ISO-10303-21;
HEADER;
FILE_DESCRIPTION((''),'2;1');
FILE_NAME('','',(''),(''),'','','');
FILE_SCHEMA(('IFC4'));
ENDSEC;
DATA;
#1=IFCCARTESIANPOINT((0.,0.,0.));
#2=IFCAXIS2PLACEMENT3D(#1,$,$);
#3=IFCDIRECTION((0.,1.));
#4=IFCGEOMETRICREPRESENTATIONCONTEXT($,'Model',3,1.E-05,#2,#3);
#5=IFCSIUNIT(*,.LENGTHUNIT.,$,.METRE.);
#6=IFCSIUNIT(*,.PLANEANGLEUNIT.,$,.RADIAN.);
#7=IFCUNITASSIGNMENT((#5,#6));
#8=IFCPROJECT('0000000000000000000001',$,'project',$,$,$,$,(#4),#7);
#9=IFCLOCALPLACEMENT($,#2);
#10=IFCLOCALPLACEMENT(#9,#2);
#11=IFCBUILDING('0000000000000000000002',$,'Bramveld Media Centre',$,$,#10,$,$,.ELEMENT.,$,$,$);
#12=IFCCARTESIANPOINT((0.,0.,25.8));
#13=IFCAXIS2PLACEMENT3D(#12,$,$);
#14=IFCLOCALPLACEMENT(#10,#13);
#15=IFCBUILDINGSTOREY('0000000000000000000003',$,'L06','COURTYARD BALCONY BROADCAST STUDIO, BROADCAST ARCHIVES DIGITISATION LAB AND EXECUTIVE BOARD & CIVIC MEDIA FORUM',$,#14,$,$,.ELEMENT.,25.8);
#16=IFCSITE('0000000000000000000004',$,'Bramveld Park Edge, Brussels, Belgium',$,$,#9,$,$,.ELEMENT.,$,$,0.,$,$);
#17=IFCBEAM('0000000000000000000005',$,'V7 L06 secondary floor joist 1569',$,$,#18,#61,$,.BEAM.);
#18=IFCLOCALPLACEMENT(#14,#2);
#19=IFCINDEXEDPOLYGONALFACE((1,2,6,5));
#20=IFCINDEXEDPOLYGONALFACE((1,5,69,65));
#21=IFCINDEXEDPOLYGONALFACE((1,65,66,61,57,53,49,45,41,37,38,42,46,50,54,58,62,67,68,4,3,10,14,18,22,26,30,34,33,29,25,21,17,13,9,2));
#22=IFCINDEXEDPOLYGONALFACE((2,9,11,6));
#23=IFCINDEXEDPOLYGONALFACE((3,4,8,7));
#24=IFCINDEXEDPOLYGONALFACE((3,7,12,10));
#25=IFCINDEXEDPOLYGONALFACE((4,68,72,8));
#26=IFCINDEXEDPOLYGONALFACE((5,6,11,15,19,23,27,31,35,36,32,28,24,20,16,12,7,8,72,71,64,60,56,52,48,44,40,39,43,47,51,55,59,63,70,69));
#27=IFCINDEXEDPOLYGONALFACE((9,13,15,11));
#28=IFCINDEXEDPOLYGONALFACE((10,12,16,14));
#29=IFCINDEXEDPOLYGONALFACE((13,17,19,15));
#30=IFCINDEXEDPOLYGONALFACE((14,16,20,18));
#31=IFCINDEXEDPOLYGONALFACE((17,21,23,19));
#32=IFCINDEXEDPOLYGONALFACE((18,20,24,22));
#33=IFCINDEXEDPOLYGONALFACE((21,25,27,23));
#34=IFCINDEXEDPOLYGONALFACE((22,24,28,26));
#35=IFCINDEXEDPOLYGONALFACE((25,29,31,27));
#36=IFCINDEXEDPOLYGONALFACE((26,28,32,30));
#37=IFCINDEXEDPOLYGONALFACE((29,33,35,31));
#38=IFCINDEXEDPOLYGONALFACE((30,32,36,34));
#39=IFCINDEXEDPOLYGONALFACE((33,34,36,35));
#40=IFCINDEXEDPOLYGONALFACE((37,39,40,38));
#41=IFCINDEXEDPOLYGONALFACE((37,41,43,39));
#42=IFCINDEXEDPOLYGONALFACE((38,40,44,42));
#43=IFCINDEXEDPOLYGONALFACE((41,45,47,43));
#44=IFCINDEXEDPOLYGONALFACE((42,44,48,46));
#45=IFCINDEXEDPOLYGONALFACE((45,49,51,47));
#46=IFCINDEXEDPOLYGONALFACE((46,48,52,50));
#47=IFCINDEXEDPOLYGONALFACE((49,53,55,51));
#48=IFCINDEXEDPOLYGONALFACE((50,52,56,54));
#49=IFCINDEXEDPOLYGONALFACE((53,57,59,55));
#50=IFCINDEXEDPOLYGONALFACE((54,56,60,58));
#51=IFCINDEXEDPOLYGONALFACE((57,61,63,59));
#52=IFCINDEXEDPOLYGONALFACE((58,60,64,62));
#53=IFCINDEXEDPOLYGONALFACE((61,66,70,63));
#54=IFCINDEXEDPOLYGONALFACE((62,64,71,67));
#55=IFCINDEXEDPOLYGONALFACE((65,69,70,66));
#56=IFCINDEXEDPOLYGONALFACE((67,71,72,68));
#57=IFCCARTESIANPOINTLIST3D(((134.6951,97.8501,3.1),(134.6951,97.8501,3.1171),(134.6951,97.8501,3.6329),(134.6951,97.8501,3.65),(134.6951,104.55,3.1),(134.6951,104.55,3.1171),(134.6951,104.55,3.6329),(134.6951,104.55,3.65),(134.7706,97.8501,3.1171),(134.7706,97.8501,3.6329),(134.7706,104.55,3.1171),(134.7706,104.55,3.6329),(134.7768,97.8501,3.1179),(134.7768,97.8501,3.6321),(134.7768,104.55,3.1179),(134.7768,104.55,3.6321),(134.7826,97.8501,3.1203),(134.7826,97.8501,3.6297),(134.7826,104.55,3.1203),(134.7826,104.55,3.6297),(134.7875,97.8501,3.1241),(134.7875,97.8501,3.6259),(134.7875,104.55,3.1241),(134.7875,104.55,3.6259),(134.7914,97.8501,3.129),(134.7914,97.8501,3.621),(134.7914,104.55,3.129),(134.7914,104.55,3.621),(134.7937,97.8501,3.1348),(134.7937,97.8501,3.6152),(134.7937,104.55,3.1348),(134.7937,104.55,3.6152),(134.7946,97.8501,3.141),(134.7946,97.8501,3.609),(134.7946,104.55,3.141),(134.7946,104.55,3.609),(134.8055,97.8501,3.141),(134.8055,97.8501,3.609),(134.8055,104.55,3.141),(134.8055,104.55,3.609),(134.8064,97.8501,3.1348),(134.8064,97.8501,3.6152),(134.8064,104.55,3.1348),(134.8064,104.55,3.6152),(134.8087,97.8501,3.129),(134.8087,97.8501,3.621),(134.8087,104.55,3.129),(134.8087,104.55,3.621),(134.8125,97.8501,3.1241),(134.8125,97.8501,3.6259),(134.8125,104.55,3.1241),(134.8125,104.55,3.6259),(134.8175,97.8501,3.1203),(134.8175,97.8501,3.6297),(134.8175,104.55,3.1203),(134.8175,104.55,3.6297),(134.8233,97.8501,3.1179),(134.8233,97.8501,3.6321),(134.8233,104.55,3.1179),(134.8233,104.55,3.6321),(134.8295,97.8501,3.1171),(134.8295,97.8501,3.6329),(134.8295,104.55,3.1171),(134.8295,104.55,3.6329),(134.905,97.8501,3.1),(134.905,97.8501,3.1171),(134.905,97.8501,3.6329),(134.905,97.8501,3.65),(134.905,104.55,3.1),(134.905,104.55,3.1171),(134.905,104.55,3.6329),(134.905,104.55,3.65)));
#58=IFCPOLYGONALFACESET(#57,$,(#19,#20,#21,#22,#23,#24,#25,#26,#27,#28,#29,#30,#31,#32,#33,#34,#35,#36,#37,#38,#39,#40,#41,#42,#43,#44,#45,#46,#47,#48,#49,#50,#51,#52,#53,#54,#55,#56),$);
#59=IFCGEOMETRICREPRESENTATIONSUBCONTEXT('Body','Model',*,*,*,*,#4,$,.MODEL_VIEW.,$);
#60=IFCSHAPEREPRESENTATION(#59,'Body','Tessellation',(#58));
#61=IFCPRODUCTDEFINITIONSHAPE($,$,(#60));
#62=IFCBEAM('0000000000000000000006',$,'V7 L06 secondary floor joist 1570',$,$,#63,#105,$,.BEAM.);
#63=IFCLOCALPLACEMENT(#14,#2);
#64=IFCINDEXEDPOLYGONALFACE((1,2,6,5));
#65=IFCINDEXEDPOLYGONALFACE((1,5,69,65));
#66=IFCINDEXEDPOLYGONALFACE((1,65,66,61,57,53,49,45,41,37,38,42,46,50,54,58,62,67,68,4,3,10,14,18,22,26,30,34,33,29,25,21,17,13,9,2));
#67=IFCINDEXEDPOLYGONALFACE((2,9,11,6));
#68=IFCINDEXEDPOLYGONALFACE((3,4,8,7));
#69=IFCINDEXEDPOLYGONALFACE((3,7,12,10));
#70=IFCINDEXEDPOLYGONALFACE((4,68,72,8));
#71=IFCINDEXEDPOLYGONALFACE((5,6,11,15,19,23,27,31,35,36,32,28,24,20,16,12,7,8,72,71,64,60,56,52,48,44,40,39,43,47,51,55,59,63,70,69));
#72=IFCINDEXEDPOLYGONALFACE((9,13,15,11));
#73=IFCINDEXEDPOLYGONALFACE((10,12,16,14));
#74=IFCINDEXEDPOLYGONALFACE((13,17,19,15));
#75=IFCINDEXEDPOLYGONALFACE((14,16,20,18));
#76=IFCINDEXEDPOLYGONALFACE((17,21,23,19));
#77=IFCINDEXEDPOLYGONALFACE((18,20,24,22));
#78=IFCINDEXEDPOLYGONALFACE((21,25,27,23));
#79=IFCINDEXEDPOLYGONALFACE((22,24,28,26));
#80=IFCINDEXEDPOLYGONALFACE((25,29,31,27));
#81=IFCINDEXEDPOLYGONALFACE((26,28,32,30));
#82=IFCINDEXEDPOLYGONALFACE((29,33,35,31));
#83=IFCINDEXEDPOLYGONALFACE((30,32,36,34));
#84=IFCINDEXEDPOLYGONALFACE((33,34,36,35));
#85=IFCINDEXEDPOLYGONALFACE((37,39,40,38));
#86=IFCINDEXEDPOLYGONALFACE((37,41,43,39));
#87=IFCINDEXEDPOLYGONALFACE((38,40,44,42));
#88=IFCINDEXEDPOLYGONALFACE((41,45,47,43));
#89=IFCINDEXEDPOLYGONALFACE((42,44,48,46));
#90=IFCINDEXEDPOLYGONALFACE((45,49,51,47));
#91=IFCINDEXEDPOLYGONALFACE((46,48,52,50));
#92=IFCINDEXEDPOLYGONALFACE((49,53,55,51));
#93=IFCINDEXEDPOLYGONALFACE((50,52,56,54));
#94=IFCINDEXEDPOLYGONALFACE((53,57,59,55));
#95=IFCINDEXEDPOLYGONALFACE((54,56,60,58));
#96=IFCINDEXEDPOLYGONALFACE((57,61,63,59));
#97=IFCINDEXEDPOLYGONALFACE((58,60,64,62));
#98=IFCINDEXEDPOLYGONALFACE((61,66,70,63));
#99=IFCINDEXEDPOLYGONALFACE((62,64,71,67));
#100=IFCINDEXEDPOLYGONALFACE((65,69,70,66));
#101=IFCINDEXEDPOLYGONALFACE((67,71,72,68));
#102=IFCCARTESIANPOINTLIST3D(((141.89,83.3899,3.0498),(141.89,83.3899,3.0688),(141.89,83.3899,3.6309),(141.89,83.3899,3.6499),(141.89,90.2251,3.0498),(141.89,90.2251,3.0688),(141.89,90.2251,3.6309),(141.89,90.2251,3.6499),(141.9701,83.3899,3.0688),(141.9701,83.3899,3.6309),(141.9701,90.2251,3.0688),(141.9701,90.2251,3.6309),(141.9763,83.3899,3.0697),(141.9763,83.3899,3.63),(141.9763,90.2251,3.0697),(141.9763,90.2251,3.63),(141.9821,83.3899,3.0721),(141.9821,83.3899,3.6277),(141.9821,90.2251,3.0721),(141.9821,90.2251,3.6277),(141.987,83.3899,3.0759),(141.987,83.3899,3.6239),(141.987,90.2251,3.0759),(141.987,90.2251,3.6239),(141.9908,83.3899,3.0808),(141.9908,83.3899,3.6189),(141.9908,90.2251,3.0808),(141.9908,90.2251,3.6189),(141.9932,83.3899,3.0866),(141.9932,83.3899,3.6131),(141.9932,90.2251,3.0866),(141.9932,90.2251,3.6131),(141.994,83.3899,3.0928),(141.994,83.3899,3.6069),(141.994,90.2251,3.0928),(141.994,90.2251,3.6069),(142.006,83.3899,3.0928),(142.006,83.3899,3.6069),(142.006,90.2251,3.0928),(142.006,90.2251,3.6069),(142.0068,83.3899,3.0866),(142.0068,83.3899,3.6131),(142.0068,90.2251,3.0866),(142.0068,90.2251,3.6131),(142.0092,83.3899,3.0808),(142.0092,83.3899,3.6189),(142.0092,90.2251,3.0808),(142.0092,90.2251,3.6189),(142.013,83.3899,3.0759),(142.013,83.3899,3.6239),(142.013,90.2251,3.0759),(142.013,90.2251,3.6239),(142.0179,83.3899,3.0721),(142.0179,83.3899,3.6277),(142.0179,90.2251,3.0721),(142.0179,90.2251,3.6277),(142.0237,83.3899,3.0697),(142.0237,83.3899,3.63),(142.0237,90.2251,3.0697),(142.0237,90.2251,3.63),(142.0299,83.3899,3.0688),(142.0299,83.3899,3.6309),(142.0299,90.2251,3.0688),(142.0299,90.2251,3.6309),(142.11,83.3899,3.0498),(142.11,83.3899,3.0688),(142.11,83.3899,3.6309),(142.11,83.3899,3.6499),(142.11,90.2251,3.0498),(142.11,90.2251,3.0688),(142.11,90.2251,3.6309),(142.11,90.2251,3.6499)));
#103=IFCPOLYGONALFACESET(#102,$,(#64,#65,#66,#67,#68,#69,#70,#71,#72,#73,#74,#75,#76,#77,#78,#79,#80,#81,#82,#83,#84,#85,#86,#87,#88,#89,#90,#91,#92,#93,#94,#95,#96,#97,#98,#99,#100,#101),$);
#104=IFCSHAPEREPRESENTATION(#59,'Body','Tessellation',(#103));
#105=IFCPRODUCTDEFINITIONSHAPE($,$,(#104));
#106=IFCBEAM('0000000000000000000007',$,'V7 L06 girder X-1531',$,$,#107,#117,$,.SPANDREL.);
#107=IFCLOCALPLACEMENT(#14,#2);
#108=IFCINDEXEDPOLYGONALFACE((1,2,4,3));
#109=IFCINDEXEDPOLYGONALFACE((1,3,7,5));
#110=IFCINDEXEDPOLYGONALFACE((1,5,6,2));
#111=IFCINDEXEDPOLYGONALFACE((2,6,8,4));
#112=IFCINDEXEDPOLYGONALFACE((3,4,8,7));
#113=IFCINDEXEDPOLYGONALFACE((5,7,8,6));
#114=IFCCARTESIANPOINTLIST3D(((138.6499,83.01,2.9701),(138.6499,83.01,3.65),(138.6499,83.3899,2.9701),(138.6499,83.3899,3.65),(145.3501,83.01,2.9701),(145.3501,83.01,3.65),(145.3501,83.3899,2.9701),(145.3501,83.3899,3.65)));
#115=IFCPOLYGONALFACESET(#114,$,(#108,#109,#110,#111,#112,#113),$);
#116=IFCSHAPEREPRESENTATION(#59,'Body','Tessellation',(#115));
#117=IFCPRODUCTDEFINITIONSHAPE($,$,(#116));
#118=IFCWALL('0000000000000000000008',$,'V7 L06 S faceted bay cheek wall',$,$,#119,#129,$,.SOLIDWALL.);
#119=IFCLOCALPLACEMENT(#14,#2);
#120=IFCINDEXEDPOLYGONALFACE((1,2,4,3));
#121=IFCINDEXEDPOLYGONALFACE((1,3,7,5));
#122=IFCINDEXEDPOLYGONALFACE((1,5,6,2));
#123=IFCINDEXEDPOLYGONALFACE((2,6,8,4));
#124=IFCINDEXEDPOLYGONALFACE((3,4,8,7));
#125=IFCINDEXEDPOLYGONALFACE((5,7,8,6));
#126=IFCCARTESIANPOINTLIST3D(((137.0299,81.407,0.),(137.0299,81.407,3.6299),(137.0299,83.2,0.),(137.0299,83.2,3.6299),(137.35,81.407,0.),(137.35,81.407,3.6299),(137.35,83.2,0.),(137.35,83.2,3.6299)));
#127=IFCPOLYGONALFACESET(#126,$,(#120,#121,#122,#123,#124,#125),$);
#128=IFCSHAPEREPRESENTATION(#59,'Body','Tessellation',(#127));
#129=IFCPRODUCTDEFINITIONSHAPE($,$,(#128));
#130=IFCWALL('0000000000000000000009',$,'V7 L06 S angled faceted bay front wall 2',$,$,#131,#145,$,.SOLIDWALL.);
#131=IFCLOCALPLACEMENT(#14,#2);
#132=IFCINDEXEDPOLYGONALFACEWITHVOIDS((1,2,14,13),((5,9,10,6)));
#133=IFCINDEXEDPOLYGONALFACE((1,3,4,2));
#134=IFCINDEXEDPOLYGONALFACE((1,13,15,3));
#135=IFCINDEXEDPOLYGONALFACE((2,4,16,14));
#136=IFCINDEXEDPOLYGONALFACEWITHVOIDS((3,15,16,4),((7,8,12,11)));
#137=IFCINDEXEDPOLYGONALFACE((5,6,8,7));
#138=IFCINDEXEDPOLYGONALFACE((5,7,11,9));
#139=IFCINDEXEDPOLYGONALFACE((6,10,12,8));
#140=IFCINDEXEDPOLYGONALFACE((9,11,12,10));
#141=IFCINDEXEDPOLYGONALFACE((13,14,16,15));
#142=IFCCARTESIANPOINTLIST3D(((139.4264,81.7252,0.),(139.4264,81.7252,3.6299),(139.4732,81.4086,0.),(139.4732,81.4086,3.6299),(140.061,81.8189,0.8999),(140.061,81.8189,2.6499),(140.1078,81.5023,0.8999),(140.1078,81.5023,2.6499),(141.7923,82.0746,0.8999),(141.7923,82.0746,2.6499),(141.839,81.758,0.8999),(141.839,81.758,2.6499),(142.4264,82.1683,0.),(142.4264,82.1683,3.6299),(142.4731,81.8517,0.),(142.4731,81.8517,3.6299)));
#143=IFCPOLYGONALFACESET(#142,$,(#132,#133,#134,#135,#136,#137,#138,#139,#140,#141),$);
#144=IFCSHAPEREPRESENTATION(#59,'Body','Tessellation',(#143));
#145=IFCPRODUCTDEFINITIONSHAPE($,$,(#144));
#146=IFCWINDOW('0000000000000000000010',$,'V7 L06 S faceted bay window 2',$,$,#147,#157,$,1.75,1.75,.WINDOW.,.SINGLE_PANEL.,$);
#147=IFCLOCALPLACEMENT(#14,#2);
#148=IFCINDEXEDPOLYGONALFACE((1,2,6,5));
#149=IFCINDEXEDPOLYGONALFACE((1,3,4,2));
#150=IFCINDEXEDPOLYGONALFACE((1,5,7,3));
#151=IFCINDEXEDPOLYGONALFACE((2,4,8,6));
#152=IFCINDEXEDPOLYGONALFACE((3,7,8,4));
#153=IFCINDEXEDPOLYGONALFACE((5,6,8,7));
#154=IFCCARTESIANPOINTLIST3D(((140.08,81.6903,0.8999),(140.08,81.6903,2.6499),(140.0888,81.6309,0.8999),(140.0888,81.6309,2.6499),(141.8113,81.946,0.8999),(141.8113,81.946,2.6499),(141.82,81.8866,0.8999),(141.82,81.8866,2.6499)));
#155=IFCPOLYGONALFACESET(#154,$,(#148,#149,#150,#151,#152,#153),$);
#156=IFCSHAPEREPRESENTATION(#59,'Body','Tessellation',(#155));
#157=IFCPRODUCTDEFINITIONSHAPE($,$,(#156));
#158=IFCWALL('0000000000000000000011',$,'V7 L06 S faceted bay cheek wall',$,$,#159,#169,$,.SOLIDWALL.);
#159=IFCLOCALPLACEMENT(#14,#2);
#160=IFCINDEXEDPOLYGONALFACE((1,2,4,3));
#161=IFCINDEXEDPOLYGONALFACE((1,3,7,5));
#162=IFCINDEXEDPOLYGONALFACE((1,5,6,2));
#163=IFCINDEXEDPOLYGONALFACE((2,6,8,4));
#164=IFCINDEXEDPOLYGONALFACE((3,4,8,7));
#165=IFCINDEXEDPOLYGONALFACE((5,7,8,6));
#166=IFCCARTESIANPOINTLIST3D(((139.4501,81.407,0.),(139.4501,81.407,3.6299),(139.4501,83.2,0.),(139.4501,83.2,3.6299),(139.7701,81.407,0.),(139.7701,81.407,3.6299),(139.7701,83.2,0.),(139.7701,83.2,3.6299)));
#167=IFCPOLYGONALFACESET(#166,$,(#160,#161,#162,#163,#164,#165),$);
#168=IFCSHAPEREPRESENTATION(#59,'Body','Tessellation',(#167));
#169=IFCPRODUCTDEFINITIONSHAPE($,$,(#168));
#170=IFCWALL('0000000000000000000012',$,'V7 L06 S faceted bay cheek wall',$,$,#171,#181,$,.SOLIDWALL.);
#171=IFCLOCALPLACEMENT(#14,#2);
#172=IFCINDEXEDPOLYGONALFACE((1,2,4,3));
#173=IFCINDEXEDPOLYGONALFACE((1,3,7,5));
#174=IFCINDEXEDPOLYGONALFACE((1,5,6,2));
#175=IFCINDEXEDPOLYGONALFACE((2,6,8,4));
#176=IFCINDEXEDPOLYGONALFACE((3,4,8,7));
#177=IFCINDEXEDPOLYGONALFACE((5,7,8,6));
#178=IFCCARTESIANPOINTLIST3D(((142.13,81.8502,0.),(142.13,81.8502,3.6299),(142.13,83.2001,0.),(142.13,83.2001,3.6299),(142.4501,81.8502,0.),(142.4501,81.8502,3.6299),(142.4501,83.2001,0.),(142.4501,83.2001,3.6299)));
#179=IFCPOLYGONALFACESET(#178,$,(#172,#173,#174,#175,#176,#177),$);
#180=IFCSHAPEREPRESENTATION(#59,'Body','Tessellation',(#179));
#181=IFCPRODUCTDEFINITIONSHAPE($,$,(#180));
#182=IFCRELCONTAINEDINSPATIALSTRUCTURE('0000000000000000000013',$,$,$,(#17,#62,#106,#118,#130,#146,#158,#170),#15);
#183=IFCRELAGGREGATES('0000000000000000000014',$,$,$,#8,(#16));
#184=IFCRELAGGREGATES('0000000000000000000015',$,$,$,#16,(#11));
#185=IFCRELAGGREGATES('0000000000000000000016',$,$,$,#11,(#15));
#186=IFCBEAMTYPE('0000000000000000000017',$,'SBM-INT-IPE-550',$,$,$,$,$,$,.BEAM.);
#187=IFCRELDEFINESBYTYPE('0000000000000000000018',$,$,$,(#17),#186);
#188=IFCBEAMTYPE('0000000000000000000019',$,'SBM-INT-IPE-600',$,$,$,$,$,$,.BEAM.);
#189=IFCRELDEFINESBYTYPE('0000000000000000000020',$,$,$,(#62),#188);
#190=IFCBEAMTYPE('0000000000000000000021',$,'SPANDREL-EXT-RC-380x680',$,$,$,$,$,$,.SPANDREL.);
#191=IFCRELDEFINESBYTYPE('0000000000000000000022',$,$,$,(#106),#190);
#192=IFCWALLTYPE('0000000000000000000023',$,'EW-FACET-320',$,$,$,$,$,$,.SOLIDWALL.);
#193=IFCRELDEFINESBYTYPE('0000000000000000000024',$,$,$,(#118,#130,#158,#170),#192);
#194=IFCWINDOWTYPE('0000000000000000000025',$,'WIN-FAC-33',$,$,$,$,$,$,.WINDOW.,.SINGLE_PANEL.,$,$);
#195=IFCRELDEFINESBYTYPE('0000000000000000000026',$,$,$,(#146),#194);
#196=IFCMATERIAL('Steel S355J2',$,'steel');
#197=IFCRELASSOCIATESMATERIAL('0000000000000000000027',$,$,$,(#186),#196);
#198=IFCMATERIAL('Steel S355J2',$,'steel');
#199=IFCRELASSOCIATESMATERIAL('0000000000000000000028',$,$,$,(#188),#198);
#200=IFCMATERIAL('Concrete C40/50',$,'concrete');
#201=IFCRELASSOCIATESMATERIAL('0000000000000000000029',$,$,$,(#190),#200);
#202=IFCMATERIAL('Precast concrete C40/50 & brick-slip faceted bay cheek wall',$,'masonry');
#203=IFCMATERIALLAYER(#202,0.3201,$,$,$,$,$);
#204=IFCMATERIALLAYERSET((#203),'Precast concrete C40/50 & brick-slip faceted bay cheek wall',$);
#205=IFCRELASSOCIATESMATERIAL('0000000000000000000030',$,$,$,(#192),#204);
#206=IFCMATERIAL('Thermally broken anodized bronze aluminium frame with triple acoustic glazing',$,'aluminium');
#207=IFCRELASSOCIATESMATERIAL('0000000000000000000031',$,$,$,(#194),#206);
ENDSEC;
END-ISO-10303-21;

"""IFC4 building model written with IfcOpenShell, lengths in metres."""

from ifc_helpers import new_model, si_unit, direction, frame, frame_2d, origin, origin_2d, place, context, subcontext, project, spatial, rectangle, i_section, extrude, material, layer, layer_set, material_profile, profile_set, type_object, element, fill, save


model = new_model("IFC4")

# Units and contexts
model_context = context("Model", 3, precision=1e-05, world=origin(), true_north=direction((0.0, 1.0)))
body_context = subcontext(model_context, "Body", "Model", "MODEL_VIEW")
ifc_project = project(units=[si_unit("LENGTHUNIT", "METRE"), si_unit("PLANEANGLEUNIT", "RADIAN")], contexts=[model_context])

# Site, building, storey
site_placement = place(None, origin())
site = spatial("IfcSite", under=ifc_project, at=site_placement, Name="Bramveld Park Edge, Brussels, Belgium", CompositionType="ELEMENT", RefElevation=0.0)
building_placement = place(site_placement, origin())
building = spatial("IfcBuilding", under=site, at=building_placement, Name="Bramveld Media Centre", CompositionType="ELEMENT")
storey_placement = place(building_placement, frame((0.0, 0.0, 25.8)))
storey = spatial("IfcBuildingStorey", under=building, at=storey_placement, Name="L06", Description="COURTYARD BALCONY BROADCAST STUDIO, BROADCAST ARCHIVES DIGITISATION LAB AND EXECUTIVE BOARD & CIVIC MEDIA FORUM", CompositionType="ELEMENT", Elevation=25.8)

# Beams
ifc_material_1 = material(Name="Steel S355J2", Category="steel")
ifc_material_profile_1 = material_profile(ifc_material_1, i_section(OverallWidth=0.21, OverallDepth=0.55, WebThickness=0.011, FlangeThickness=0.0171, FilletRadius=0.0239, at=origin_2d()), Name="IPE 550")
ifc_profile_set_1 = profile_set([ifc_material_profile_1], Name="Steel S355J2")
beam_type_1 = type_object("IfcBeamType", Name="SBM-INT-IPE-550", PredefinedType="BEAM", material=ifc_profile_set_1)
beam_1_placement = place(storey_placement, frame((134.8, 97.8501, 3.375), z_axis=(0.0, 1.0, 0.0), x_axis=(-1.0, 0.0, 0.0)))
element("IfcBeam", 1, at=beam_1_placement, inside=storey, type_object=beam_type_1, Name="V7 L06 secondary floor joist 1569", PredefinedType="BEAM", context=body_context, shape_type="SweptSolid", body=[
    extrude(i_section(OverallWidth=0.21, OverallDepth=0.55, WebThickness=0.011, FlangeThickness=0.0171, FilletRadius=0.0239, at=origin_2d()), origin(), (0.0, 0.0, 1.0), 6.7),
])
ifc_material_2 = material(Name="Steel S355J2", Category="steel")
ifc_material_profile_2 = material_profile(ifc_material_2, i_section(OverallWidth=0.22, OverallDepth=0.6001, WebThickness=0.012, FlangeThickness=0.019, FilletRadius=0.0239, at=origin_2d()), Name="IPE 600")
ifc_profile_set_2 = profile_set([ifc_material_profile_2], Name="Steel S355J2")
beam_type_2 = type_object("IfcBeamType", Name="SBM-INT-IPE-600", PredefinedType="BEAM", material=ifc_profile_set_2)
beam_2_placement = place(storey_placement, frame((142.0, 83.3899, 3.3499), z_axis=(0.0, 1.0, 0.0), x_axis=(-1.0, 0.0, 0.0)))
element("IfcBeam", 2, at=beam_2_placement, inside=storey, type_object=beam_type_2, Name="V7 L06 secondary floor joist 1570", PredefinedType="BEAM", context=body_context, shape_type="SweptSolid", body=[
    extrude(i_section(OverallWidth=0.22, OverallDepth=0.6001, WebThickness=0.012, FlangeThickness=0.019, FilletRadius=0.0239, at=origin_2d()), origin(), (0.0, 0.0, 1.0), 6.8352),
])
ifc_material_3 = material(Name="Concrete C40/50", Category="concrete")
ifc_material_profile_3 = material_profile(ifc_material_3, rectangle(XDim=0.3799, YDim=0.6799, at=origin_2d()), Name="RC 380x680")
ifc_profile_set_3 = profile_set([ifc_material_profile_3], Name="Concrete C40/50")
beam_type_3 = type_object("IfcBeamType", Name="SPANDREL-EXT-RC-380x680", PredefinedType="SPANDREL", material=ifc_profile_set_3)
beam_3_placement = place(storey_placement, frame((138.6499, 83.2, 3.3101), z_axis=(1.0, 0.0, 0.0), x_axis=(0.0, 1.0, 0.0)))
element("IfcBeam", 3, at=beam_3_placement, inside=storey, type_object=beam_type_3, Name="V7 L06 girder X-1531", PredefinedType="SPANDREL", context=body_context, shape_type="SweptSolid", body=[
    extrude(rectangle(XDim=0.3799, YDim=0.6799, at=origin_2d()), origin(), (0.0, 0.0, 1.0), 6.7002),
])

# Wall
ifc_material_4 = material(Name="Precast concrete C40/50 & brick-slip faceted bay cheek wall", Category="masonry")
ifc_layer_1 = layer(ifc_material_4, 0.3201)
ifc_layer_set_1 = layer_set([ifc_layer_1], Name="Precast concrete C40/50 & brick-slip faceted bay cheek wall")
wall_type_1 = type_object("IfcWallType", Name="EW-FACET-320", PredefinedType="SOLIDWALL", material=ifc_layer_set_1)
wall_1_placement = place(storey_placement, frame((137.1899, 83.2, 0.0), z_axis=(0.0, 0.0, 1.0), x_axis=(0.0, -1.0, 0.0)))
element("IfcWall", 4, at=wall_1_placement, inside=storey, type_object=wall_type_1, Name="V7 L06 S faceted bay cheek wall", PredefinedType="SOLIDWALL", context=body_context, shape_type="SweptSolid", body=[
    extrude(rectangle(XDim=1.793, YDim=0.3201, at=frame_2d((0.8965, 0.0))), origin(), (0.0, 0.0, 1.0), 3.6299),
])

# Wall, opening, window
wall_2_placement = place(storey_placement, frame((139.45, 81.5669, 0.0), z_axis=(0.0, 0.0, 1.0), x_axis=(0.989267, 0.14612, 0.0)))
wall_2 = element("IfcWall", 5, at=wall_2_placement, inside=storey, type_object=wall_type_1, Name="V7 L06 S angled faceted bay front wall 2", PredefinedType="SOLIDWALL", context=body_context, shape_type="SweptSolid", body=[
    extrude(rectangle(XDim=3.0325, YDim=0.3201, at=frame_2d((1.5161, 0.0))), origin(), (0.0, 0.0, 1.0), 3.6299),
])
opening_1_placement = place(wall_2_placement, frame((0.6414, 0.0, 0.8999)))
opening_1 = element("IfcOpeningElement", 6, at=opening_1_placement, cuts=wall_2, PredefinedType="OPENING", context=body_context, shape_type="SweptSolid", body=[
    extrude(rectangle(XDim=1.75, YDim=1.75, at=frame_2d((0.875, 0.875))), frame((0.0, 0.1719, 0.0), z_axis=(0.0, -1.0, 0.0), x_axis=(1.0, 0.0, 0.0)), (0.0, 0.0, 1.0), 0.344),
])
ifc_material_5 = material(Name="Thermally broken anodized bronze aluminium frame with triple acoustic glazing", Category="aluminium")
window_type = type_object("IfcWindowType", Name="WIN-FAC-33", PartitioningType="SINGLE_PANEL", PredefinedType="WINDOW", material=ifc_material_5)
window_placement = place(opening_1_placement, origin())
window = element("IfcWindow", 7, at=window_placement, inside=storey, type_object=window_type, Name="V7 L06 S faceted bay window 2", OverallHeight=1.75, OverallWidth=1.75, PartitioningType="SINGLE_PANEL", PredefinedType="WINDOW", context=body_context, shape_type="SweptSolid", body=[
    extrude(rectangle(XDim=1.75, YDim=1.75, at=frame_2d((0.875, 0.875))), frame((0.0, 0.03, 0.0), z_axis=(0.0, -1.0, 0.0), x_axis=(1.0, 0.0, 0.0)), (0.0, 0.0, 1.0), 0.0601),
])
fill(opening_1, window)

# Walls
wall_3_placement = place(storey_placement, frame((139.6101, 83.2, 0.0), z_axis=(0.0, 0.0, 1.0), x_axis=(0.0, -1.0, 0.0)))
element("IfcWall", 8, at=wall_3_placement, inside=storey, type_object=wall_type_1, Name="V7 L06 S faceted bay cheek wall", PredefinedType="SOLIDWALL", context=body_context, shape_type="SweptSolid", body=[
    extrude(rectangle(XDim=1.793, YDim=0.3201, at=frame_2d((0.8965, 0.0))), origin(), (0.0, 0.0, 1.0), 3.6299),
])
wall_4_placement = place(storey_placement, frame((142.29, 83.2, 0.0), z_axis=(0.0, 0.0, 1.0), x_axis=(0.0, -1.0, 0.0)))
element("IfcWall", 9, at=wall_4_placement, inside=storey, type_object=wall_type_1, Name="V7 L06 S faceted bay cheek wall", PredefinedType="SOLIDWALL", context=body_context, shape_type="SweptSolid", body=[
    extrude(rectangle(XDim=1.3499, YDim=0.3201, at=frame_2d((0.6748, 0.0))), origin(), (0.0, 0.0, 1.0), 3.6299),
])

save(model, "model.ifc")
